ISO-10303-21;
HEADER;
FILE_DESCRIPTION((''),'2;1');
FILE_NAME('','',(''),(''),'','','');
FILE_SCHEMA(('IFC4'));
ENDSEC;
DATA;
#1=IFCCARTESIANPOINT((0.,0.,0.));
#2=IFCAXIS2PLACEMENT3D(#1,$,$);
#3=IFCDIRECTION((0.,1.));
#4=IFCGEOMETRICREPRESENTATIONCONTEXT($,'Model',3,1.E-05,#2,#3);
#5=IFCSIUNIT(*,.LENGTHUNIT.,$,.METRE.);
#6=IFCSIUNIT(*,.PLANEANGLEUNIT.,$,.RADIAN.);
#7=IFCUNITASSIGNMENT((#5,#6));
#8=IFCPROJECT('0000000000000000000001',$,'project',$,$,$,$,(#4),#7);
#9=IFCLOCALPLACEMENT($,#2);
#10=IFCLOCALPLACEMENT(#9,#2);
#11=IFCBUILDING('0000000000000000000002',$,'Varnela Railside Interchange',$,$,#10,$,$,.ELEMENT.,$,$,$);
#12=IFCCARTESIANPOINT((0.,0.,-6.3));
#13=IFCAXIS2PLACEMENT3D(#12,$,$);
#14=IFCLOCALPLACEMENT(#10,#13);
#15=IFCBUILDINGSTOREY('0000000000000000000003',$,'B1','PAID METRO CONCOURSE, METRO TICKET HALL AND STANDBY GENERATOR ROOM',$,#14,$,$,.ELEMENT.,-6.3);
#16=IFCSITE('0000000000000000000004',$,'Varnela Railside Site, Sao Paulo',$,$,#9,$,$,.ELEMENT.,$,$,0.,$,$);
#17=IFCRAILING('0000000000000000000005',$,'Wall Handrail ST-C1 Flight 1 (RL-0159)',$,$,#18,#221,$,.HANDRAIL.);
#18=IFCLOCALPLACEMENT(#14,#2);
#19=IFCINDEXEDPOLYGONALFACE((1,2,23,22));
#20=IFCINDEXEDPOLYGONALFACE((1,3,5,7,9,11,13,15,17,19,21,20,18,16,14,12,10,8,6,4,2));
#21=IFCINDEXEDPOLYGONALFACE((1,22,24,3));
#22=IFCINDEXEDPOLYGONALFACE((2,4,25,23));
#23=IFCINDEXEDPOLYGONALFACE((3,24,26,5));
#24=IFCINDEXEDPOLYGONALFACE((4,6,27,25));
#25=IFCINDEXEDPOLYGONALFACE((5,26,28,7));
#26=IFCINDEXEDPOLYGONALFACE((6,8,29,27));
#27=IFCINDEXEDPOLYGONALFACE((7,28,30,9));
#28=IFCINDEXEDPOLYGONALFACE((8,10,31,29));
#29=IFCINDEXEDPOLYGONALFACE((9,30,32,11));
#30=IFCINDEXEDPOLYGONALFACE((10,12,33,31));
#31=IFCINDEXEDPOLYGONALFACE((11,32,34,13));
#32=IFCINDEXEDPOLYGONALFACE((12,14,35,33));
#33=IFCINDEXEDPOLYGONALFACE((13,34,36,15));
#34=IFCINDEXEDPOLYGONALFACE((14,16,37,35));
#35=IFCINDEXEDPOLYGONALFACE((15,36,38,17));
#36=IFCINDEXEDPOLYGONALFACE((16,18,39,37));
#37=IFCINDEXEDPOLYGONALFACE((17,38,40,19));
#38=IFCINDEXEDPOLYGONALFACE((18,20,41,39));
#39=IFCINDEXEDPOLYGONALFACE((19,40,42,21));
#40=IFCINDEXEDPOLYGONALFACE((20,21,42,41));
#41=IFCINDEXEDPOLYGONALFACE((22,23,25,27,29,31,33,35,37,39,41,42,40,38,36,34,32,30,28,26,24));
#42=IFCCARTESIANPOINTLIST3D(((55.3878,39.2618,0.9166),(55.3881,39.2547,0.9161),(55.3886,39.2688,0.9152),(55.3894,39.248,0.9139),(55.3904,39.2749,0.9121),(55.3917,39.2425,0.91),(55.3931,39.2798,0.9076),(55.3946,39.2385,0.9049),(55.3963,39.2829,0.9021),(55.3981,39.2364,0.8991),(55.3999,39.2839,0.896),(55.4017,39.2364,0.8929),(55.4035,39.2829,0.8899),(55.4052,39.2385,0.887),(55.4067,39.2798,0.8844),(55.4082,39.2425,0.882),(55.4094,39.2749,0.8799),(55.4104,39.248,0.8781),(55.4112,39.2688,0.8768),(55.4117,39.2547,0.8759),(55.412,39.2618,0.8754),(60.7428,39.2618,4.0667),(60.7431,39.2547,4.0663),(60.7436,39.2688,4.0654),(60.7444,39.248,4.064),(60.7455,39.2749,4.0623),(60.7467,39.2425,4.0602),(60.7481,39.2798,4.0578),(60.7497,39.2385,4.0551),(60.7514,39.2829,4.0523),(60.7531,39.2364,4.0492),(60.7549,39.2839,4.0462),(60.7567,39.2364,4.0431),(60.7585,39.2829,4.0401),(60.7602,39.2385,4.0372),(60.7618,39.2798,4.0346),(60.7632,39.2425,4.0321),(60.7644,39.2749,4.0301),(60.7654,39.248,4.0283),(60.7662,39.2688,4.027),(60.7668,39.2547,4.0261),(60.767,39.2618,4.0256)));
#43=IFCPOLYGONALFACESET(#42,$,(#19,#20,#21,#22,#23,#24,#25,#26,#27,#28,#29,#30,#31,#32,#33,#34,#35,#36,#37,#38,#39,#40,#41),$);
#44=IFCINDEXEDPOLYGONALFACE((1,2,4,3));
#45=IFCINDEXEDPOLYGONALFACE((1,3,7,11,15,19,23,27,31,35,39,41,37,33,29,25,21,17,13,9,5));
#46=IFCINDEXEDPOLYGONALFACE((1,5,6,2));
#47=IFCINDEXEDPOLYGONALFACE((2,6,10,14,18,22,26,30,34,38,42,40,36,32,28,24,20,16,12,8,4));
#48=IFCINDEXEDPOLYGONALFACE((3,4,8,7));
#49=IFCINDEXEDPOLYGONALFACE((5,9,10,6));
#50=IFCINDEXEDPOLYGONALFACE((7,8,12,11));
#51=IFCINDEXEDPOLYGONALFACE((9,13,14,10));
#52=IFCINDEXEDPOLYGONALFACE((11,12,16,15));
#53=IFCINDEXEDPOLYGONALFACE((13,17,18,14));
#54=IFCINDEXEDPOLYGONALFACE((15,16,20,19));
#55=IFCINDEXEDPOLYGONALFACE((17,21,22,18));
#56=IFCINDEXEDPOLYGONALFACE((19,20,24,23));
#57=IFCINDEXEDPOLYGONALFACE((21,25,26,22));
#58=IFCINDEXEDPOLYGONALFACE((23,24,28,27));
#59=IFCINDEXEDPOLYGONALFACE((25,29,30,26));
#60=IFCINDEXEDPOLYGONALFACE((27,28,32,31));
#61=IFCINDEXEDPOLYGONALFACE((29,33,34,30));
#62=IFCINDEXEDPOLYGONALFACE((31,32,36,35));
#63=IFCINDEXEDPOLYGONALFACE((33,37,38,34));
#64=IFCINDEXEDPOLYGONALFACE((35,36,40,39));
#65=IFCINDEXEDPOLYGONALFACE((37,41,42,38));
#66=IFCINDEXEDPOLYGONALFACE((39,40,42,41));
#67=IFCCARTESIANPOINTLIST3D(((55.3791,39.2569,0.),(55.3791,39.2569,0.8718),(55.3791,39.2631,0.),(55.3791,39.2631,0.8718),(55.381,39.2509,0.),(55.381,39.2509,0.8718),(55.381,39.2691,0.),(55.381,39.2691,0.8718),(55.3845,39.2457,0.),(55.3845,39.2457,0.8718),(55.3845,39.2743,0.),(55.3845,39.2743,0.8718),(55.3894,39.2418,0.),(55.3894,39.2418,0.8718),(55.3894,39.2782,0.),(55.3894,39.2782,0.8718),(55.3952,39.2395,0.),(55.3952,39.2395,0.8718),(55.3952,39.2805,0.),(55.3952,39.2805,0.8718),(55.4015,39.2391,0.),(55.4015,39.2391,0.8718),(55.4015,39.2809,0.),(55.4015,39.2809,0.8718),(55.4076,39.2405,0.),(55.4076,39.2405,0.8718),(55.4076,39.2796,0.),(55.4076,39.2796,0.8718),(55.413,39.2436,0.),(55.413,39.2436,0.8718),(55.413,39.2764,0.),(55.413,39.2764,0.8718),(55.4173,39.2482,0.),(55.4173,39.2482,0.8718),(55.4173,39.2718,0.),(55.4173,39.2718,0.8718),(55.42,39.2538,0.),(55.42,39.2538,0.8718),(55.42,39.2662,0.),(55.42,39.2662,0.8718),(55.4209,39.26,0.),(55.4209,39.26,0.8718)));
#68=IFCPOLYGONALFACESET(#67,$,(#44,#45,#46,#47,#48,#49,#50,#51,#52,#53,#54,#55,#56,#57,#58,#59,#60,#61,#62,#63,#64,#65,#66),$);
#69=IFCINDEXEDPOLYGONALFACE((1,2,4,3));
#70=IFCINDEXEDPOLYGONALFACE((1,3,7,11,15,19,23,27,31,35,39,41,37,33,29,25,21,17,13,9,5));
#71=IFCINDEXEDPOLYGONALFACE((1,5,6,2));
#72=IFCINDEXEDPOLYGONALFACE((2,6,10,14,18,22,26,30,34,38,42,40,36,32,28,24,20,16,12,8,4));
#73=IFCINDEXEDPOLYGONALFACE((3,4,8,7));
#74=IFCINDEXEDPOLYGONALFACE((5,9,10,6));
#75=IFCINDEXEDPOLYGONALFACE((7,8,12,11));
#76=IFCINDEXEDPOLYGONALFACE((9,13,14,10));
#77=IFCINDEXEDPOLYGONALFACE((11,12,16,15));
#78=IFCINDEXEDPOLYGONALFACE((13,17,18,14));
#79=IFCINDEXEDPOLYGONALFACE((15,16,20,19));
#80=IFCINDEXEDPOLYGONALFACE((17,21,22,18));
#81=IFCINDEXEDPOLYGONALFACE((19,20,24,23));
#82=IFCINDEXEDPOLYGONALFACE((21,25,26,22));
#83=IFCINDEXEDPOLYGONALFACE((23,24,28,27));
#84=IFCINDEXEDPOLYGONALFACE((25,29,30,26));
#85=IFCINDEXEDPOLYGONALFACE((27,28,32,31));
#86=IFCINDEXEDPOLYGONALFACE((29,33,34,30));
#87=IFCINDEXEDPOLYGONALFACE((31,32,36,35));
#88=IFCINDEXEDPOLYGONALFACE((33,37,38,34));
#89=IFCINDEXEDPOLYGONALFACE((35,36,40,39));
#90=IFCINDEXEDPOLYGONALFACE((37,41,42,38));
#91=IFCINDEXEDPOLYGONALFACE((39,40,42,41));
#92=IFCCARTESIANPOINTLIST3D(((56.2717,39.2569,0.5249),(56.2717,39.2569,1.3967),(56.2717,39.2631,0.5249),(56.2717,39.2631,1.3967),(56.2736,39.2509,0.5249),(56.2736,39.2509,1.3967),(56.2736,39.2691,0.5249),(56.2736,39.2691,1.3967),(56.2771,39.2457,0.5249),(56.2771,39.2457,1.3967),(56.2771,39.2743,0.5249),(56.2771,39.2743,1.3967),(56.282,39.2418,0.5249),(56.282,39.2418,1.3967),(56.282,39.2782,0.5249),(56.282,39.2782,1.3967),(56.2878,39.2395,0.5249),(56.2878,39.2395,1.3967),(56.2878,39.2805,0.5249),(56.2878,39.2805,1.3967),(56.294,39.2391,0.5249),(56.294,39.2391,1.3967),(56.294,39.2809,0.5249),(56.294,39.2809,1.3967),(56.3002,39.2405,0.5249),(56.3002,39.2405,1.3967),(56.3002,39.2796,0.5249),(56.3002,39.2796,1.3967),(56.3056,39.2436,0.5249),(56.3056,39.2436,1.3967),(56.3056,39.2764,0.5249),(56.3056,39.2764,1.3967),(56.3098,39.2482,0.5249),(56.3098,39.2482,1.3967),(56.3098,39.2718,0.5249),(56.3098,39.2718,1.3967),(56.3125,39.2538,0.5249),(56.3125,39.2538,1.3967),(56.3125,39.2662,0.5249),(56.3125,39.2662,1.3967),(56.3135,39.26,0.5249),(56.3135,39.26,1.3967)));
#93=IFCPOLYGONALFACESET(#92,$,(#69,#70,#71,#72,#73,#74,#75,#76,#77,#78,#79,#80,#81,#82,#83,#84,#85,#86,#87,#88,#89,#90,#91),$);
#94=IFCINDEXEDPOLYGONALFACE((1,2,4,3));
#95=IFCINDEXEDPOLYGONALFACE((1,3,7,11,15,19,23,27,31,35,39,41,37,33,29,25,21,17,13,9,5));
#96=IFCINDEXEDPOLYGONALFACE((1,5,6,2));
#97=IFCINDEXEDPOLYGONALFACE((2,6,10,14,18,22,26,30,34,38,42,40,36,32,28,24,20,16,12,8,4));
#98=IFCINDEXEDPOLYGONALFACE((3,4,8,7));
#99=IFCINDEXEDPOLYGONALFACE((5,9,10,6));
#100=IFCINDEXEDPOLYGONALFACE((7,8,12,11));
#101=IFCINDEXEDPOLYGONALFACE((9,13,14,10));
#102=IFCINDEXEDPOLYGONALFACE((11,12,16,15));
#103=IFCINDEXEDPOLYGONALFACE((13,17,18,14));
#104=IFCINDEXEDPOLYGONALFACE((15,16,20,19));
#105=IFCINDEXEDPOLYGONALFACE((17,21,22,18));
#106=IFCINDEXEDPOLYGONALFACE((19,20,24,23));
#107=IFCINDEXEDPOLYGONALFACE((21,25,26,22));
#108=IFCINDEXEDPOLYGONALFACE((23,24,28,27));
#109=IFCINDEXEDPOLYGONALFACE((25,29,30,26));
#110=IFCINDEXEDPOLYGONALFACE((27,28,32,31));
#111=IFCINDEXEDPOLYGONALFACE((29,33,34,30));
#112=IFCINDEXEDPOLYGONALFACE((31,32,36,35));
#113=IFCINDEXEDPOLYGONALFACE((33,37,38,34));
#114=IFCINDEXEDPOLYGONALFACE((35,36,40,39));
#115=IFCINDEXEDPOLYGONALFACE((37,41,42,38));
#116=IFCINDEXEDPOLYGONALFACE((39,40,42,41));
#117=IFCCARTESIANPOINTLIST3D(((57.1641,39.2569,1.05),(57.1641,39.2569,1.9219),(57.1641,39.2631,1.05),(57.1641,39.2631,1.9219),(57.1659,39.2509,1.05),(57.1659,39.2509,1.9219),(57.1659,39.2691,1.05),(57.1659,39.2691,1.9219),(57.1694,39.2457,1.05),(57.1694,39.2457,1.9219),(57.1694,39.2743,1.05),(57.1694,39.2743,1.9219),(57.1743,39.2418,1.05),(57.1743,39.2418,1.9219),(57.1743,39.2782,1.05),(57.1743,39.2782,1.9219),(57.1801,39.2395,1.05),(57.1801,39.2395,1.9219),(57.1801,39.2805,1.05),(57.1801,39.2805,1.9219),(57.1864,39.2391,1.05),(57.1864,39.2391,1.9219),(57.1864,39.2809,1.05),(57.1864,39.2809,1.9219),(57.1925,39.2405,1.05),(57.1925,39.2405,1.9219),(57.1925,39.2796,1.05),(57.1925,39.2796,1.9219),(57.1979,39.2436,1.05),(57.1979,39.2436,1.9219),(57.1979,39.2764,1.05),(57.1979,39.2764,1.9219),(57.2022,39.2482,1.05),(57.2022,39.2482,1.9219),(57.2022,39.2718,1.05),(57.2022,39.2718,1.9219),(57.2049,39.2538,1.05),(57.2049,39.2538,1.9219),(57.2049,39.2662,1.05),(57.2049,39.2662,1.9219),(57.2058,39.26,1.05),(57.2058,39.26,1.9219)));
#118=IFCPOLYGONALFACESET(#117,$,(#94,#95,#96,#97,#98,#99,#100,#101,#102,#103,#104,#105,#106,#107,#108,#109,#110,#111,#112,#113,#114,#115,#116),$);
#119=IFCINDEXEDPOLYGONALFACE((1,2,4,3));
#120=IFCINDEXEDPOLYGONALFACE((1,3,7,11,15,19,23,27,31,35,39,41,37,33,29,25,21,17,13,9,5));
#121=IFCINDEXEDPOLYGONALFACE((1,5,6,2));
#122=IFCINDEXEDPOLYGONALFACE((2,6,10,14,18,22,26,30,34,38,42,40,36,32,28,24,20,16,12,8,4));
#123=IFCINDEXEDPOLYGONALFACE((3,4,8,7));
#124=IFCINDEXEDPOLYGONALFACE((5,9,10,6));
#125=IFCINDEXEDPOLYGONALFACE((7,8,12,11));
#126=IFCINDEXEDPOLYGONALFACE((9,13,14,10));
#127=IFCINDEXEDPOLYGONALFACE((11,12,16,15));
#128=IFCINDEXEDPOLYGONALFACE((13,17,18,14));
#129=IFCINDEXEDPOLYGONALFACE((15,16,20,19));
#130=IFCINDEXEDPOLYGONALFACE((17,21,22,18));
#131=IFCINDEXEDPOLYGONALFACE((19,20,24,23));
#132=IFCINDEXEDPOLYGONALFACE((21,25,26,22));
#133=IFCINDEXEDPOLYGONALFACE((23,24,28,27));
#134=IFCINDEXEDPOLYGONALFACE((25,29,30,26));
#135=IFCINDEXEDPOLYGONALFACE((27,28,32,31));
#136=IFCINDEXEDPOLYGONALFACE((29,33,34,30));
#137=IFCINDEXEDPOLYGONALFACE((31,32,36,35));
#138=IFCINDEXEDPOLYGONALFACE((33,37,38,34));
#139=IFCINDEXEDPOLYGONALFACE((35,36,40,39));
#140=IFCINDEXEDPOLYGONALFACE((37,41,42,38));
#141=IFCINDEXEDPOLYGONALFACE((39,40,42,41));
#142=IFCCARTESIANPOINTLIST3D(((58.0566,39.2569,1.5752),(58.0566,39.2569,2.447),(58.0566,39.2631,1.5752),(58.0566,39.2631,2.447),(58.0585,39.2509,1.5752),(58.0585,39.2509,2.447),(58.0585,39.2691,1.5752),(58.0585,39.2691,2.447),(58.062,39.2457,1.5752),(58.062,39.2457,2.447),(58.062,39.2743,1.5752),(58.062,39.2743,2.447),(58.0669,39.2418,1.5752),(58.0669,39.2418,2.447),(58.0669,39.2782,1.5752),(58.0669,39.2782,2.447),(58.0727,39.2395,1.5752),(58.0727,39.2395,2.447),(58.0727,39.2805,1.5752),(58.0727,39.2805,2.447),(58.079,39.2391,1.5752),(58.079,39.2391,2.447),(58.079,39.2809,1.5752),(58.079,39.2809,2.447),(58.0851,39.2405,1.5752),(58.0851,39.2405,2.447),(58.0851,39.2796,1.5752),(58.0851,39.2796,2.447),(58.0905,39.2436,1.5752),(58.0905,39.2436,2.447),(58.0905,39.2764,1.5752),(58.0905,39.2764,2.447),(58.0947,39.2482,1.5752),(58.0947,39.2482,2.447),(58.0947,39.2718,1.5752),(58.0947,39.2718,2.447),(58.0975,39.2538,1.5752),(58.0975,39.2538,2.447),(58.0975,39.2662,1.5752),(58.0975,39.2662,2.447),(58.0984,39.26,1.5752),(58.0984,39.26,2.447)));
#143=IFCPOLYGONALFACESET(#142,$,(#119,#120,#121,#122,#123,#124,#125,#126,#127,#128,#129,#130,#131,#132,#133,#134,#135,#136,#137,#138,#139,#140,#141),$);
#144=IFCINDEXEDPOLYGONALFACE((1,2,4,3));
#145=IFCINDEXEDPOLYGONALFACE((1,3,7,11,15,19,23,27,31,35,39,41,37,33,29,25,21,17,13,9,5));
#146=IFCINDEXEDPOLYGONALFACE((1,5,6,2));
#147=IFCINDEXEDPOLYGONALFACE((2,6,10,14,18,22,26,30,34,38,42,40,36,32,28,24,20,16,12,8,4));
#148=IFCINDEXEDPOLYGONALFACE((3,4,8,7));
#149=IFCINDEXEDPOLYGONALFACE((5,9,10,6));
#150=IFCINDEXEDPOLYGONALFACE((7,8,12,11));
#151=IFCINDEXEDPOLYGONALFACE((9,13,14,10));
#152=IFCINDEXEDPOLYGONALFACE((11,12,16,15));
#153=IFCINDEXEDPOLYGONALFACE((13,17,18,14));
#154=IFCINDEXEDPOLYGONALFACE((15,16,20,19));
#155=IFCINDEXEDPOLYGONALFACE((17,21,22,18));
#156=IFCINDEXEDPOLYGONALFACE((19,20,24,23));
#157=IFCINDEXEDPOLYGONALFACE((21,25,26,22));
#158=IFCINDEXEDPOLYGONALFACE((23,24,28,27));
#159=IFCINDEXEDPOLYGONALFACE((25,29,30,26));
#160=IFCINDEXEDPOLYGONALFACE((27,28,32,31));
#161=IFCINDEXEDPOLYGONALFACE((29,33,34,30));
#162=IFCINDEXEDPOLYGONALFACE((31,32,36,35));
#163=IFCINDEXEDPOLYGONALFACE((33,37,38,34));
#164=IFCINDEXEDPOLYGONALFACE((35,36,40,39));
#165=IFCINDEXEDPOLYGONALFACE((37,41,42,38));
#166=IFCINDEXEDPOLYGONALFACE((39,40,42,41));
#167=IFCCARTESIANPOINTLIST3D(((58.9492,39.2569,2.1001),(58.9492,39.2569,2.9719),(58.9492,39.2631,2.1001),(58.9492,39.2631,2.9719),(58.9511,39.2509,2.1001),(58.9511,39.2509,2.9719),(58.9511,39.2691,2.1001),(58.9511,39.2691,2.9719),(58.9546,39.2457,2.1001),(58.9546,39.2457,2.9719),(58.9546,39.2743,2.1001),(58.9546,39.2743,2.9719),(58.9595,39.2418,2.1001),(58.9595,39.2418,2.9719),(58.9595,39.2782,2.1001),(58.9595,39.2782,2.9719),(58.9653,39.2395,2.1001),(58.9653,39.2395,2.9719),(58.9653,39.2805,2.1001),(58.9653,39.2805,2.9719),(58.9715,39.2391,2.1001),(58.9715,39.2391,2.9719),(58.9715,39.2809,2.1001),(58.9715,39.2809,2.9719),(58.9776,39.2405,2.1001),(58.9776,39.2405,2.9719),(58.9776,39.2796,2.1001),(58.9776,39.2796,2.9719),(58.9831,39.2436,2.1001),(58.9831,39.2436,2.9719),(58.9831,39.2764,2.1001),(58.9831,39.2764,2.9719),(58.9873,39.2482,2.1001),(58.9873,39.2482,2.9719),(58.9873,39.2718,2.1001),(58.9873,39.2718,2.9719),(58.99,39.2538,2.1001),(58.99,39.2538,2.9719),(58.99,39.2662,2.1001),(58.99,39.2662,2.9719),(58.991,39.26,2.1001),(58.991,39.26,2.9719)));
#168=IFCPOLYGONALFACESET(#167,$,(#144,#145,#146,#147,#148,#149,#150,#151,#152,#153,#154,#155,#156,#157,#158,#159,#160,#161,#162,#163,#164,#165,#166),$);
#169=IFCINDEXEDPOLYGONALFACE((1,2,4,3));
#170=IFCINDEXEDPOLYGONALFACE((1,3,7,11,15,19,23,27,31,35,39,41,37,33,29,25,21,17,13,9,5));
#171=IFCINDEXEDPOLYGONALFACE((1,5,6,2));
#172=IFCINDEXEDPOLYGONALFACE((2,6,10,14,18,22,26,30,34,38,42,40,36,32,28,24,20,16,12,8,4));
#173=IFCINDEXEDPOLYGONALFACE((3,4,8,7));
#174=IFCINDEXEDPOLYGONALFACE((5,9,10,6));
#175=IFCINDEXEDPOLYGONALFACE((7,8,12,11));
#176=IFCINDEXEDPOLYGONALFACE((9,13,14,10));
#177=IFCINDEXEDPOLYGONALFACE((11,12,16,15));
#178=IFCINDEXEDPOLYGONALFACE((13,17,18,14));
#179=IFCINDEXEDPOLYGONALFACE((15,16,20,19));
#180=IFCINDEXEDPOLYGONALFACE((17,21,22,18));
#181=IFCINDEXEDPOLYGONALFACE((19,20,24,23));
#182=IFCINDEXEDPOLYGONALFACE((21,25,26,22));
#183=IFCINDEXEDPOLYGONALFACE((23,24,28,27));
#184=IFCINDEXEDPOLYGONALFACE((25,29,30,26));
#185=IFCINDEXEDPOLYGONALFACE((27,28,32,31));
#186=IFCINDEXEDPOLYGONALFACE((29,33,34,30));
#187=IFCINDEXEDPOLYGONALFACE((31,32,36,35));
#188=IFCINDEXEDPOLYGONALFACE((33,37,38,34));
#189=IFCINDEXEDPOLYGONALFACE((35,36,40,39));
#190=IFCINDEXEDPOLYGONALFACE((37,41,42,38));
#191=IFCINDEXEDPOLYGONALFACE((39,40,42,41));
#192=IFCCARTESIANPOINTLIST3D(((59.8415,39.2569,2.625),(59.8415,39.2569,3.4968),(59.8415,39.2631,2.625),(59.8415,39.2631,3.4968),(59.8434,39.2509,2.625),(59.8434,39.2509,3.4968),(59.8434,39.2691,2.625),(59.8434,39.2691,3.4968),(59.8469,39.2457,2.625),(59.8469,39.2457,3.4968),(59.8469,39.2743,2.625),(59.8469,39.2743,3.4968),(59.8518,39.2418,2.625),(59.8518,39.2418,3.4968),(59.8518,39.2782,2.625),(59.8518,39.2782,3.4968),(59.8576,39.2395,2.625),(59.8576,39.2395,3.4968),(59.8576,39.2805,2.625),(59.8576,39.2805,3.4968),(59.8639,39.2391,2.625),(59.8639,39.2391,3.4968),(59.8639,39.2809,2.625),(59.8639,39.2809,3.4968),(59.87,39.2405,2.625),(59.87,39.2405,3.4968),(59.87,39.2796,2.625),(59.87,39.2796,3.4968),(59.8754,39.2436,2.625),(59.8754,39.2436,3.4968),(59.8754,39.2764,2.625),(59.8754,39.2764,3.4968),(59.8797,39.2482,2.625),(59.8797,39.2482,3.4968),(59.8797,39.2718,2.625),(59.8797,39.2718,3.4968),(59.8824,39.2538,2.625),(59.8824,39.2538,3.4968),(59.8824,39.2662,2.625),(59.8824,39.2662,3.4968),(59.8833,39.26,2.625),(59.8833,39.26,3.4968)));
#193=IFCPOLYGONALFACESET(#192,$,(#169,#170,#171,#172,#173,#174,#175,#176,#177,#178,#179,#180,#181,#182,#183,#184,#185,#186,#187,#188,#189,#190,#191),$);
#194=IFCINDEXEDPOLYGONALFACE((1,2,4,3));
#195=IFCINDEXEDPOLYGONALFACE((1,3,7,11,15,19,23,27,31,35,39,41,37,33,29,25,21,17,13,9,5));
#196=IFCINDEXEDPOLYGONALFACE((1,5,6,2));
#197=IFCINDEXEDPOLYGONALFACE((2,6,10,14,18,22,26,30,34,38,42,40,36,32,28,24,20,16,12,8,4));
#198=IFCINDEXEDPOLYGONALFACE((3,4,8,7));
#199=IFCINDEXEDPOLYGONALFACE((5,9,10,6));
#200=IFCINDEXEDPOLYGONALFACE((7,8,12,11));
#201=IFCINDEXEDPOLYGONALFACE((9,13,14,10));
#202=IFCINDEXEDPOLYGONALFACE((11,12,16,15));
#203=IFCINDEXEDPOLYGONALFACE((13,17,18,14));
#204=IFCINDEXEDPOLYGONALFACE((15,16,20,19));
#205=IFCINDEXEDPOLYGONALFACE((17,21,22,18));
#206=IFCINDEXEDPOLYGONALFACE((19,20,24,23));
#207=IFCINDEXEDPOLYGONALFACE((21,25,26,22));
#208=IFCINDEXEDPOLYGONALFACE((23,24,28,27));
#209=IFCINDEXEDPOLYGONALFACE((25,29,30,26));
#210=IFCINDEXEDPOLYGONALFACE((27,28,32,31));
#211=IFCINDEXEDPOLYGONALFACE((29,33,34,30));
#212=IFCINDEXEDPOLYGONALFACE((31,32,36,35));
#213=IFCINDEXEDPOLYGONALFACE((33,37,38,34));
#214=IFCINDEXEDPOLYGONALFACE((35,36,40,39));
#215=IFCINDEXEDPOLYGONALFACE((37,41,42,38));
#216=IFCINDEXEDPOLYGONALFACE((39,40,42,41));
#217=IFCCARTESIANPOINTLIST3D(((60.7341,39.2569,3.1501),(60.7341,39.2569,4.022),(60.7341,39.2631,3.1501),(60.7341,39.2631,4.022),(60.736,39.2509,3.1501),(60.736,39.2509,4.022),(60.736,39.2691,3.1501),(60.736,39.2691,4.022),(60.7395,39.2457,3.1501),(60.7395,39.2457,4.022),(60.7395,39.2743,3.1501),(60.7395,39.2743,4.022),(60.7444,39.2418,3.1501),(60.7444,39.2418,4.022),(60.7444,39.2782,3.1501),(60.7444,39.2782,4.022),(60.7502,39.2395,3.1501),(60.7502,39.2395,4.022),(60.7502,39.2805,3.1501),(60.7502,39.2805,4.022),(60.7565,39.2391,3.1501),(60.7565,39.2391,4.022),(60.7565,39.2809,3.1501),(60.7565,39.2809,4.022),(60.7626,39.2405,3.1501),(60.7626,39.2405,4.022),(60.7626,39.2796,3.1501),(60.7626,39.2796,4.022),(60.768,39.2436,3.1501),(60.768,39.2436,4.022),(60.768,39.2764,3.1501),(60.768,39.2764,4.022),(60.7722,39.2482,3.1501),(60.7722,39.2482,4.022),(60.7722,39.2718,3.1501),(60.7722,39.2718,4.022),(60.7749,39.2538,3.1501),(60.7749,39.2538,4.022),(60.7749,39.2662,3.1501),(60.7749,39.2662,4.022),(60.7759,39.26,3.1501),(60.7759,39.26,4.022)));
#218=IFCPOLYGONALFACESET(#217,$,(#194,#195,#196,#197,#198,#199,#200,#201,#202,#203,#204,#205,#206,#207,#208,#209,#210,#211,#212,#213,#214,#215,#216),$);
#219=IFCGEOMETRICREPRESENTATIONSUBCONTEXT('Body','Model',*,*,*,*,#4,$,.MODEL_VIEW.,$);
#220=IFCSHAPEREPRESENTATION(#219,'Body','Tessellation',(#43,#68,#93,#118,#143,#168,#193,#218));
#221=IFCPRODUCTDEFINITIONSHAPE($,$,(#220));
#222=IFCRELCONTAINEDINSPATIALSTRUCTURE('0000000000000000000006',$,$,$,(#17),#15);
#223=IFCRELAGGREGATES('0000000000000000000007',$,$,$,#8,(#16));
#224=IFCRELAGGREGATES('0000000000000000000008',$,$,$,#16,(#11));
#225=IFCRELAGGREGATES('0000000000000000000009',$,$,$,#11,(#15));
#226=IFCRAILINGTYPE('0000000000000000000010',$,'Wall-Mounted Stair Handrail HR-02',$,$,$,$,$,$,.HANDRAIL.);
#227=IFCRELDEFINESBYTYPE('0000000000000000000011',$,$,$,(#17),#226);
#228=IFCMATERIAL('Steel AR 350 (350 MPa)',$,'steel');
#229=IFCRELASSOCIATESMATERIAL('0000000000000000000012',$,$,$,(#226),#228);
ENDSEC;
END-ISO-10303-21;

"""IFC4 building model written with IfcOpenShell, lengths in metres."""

from ifc_helpers import new_model, si_unit, direction, frame, origin, origin_2d, place, context, subcontext, project, spatial, circle, extrude, material, type_object, element, save


model = new_model("IFC4")

# Units and contexts
model_context = context("Model", 3, precision=1e-05, world=origin(), true_north=direction((0.0, 1.0)))
body_context = subcontext(model_context, "Body", "Model", "MODEL_VIEW")
ifc_project = project(units=[si_unit("LENGTHUNIT", "METRE"), si_unit("PLANEANGLEUNIT", "RADIAN")], contexts=[model_context])

# Site, building, storey
site_placement = place(None, origin())
site = spatial("IfcSite", under=ifc_project, at=site_placement, Name="Varnela Railside Site, Sao Paulo", CompositionType="ELEMENT", RefElevation=0.0)
building_placement = place(site_placement, origin())
building = spatial("IfcBuilding", under=site, at=building_placement, Name="Varnela Railside Interchange", CompositionType="ELEMENT")
storey_placement = place(building_placement, frame((0.0, 0.0, -6.3)))
storey = spatial("IfcBuildingStorey", under=building, at=storey_placement, Name="B1", Description="PAID METRO CONCOURSE, METRO TICKET HALL AND STANDBY GENERATOR ROOM", CompositionType="ELEMENT", Elevation=-6.3)

# Shared definitions
ifc_material_1 = material(Name="Steel AR 350 (350 MPa)", Category="steel")

# Railing
railing_type_1 = type_object("IfcRailingType", Name="Wall-Mounted Stair Handrail HR-02", PredefinedType="HANDRAIL", material=ifc_material_1)
railing_1_placement = place(storey_placement, frame((55.3999, 39.26, 0.0)))
element("IfcRailing", 1, at=railing_1_placement, inside=storey, type_object=railing_type_1, Name="Wall Handrail ST-C1 Flight 1 (RL-0159)", PredefinedType="HANDRAIL", context=body_context, shape_type="SweptSolid", body=[
    extrude(circle(Radius=0.0239, at=origin_2d()), frame((0.0, 0.0, 0.896), z_axis=(0.861923, 0.0, 0.507039), x_axis=(0.0, 1.0, 0.0)), (0.0, 0.0, 1.0), 6.2129),
    extrude(circle(Radius=0.021, at=origin_2d()), origin(), (0.0, 0.0, 1.0), 0.8718),
    extrude(circle(Radius=0.021, at=origin_2d()), frame((0.8926, 0.0, 0.5249)), (0.0, 0.0, 1.0), 0.8718),
    extrude(circle(Radius=0.021, at=origin_2d()), frame((1.7849, 0.0, 1.05)), (0.0, 0.0, 1.0), 0.8718),
    extrude(circle(Radius=0.021, at=origin_2d()), frame((2.6775, 0.0, 1.5752)), (0.0, 0.0, 1.0), 0.8718),
    extrude(circle(Radius=0.021, at=origin_2d()), frame((3.5701, 0.0, 2.1001)), (0.0, 0.0, 1.0), 0.8718),
    extrude(circle(Radius=0.021, at=origin_2d()), frame((4.4624, 0.0, 2.625)), (0.0, 0.0, 1.0), 0.8718),
    extrude(circle(Radius=0.021, at=origin_2d()), frame((5.355, 0.0, 3.1501)), (0.0, 0.0, 1.0), 0.8718),
])

save(model, "model.ifc")
